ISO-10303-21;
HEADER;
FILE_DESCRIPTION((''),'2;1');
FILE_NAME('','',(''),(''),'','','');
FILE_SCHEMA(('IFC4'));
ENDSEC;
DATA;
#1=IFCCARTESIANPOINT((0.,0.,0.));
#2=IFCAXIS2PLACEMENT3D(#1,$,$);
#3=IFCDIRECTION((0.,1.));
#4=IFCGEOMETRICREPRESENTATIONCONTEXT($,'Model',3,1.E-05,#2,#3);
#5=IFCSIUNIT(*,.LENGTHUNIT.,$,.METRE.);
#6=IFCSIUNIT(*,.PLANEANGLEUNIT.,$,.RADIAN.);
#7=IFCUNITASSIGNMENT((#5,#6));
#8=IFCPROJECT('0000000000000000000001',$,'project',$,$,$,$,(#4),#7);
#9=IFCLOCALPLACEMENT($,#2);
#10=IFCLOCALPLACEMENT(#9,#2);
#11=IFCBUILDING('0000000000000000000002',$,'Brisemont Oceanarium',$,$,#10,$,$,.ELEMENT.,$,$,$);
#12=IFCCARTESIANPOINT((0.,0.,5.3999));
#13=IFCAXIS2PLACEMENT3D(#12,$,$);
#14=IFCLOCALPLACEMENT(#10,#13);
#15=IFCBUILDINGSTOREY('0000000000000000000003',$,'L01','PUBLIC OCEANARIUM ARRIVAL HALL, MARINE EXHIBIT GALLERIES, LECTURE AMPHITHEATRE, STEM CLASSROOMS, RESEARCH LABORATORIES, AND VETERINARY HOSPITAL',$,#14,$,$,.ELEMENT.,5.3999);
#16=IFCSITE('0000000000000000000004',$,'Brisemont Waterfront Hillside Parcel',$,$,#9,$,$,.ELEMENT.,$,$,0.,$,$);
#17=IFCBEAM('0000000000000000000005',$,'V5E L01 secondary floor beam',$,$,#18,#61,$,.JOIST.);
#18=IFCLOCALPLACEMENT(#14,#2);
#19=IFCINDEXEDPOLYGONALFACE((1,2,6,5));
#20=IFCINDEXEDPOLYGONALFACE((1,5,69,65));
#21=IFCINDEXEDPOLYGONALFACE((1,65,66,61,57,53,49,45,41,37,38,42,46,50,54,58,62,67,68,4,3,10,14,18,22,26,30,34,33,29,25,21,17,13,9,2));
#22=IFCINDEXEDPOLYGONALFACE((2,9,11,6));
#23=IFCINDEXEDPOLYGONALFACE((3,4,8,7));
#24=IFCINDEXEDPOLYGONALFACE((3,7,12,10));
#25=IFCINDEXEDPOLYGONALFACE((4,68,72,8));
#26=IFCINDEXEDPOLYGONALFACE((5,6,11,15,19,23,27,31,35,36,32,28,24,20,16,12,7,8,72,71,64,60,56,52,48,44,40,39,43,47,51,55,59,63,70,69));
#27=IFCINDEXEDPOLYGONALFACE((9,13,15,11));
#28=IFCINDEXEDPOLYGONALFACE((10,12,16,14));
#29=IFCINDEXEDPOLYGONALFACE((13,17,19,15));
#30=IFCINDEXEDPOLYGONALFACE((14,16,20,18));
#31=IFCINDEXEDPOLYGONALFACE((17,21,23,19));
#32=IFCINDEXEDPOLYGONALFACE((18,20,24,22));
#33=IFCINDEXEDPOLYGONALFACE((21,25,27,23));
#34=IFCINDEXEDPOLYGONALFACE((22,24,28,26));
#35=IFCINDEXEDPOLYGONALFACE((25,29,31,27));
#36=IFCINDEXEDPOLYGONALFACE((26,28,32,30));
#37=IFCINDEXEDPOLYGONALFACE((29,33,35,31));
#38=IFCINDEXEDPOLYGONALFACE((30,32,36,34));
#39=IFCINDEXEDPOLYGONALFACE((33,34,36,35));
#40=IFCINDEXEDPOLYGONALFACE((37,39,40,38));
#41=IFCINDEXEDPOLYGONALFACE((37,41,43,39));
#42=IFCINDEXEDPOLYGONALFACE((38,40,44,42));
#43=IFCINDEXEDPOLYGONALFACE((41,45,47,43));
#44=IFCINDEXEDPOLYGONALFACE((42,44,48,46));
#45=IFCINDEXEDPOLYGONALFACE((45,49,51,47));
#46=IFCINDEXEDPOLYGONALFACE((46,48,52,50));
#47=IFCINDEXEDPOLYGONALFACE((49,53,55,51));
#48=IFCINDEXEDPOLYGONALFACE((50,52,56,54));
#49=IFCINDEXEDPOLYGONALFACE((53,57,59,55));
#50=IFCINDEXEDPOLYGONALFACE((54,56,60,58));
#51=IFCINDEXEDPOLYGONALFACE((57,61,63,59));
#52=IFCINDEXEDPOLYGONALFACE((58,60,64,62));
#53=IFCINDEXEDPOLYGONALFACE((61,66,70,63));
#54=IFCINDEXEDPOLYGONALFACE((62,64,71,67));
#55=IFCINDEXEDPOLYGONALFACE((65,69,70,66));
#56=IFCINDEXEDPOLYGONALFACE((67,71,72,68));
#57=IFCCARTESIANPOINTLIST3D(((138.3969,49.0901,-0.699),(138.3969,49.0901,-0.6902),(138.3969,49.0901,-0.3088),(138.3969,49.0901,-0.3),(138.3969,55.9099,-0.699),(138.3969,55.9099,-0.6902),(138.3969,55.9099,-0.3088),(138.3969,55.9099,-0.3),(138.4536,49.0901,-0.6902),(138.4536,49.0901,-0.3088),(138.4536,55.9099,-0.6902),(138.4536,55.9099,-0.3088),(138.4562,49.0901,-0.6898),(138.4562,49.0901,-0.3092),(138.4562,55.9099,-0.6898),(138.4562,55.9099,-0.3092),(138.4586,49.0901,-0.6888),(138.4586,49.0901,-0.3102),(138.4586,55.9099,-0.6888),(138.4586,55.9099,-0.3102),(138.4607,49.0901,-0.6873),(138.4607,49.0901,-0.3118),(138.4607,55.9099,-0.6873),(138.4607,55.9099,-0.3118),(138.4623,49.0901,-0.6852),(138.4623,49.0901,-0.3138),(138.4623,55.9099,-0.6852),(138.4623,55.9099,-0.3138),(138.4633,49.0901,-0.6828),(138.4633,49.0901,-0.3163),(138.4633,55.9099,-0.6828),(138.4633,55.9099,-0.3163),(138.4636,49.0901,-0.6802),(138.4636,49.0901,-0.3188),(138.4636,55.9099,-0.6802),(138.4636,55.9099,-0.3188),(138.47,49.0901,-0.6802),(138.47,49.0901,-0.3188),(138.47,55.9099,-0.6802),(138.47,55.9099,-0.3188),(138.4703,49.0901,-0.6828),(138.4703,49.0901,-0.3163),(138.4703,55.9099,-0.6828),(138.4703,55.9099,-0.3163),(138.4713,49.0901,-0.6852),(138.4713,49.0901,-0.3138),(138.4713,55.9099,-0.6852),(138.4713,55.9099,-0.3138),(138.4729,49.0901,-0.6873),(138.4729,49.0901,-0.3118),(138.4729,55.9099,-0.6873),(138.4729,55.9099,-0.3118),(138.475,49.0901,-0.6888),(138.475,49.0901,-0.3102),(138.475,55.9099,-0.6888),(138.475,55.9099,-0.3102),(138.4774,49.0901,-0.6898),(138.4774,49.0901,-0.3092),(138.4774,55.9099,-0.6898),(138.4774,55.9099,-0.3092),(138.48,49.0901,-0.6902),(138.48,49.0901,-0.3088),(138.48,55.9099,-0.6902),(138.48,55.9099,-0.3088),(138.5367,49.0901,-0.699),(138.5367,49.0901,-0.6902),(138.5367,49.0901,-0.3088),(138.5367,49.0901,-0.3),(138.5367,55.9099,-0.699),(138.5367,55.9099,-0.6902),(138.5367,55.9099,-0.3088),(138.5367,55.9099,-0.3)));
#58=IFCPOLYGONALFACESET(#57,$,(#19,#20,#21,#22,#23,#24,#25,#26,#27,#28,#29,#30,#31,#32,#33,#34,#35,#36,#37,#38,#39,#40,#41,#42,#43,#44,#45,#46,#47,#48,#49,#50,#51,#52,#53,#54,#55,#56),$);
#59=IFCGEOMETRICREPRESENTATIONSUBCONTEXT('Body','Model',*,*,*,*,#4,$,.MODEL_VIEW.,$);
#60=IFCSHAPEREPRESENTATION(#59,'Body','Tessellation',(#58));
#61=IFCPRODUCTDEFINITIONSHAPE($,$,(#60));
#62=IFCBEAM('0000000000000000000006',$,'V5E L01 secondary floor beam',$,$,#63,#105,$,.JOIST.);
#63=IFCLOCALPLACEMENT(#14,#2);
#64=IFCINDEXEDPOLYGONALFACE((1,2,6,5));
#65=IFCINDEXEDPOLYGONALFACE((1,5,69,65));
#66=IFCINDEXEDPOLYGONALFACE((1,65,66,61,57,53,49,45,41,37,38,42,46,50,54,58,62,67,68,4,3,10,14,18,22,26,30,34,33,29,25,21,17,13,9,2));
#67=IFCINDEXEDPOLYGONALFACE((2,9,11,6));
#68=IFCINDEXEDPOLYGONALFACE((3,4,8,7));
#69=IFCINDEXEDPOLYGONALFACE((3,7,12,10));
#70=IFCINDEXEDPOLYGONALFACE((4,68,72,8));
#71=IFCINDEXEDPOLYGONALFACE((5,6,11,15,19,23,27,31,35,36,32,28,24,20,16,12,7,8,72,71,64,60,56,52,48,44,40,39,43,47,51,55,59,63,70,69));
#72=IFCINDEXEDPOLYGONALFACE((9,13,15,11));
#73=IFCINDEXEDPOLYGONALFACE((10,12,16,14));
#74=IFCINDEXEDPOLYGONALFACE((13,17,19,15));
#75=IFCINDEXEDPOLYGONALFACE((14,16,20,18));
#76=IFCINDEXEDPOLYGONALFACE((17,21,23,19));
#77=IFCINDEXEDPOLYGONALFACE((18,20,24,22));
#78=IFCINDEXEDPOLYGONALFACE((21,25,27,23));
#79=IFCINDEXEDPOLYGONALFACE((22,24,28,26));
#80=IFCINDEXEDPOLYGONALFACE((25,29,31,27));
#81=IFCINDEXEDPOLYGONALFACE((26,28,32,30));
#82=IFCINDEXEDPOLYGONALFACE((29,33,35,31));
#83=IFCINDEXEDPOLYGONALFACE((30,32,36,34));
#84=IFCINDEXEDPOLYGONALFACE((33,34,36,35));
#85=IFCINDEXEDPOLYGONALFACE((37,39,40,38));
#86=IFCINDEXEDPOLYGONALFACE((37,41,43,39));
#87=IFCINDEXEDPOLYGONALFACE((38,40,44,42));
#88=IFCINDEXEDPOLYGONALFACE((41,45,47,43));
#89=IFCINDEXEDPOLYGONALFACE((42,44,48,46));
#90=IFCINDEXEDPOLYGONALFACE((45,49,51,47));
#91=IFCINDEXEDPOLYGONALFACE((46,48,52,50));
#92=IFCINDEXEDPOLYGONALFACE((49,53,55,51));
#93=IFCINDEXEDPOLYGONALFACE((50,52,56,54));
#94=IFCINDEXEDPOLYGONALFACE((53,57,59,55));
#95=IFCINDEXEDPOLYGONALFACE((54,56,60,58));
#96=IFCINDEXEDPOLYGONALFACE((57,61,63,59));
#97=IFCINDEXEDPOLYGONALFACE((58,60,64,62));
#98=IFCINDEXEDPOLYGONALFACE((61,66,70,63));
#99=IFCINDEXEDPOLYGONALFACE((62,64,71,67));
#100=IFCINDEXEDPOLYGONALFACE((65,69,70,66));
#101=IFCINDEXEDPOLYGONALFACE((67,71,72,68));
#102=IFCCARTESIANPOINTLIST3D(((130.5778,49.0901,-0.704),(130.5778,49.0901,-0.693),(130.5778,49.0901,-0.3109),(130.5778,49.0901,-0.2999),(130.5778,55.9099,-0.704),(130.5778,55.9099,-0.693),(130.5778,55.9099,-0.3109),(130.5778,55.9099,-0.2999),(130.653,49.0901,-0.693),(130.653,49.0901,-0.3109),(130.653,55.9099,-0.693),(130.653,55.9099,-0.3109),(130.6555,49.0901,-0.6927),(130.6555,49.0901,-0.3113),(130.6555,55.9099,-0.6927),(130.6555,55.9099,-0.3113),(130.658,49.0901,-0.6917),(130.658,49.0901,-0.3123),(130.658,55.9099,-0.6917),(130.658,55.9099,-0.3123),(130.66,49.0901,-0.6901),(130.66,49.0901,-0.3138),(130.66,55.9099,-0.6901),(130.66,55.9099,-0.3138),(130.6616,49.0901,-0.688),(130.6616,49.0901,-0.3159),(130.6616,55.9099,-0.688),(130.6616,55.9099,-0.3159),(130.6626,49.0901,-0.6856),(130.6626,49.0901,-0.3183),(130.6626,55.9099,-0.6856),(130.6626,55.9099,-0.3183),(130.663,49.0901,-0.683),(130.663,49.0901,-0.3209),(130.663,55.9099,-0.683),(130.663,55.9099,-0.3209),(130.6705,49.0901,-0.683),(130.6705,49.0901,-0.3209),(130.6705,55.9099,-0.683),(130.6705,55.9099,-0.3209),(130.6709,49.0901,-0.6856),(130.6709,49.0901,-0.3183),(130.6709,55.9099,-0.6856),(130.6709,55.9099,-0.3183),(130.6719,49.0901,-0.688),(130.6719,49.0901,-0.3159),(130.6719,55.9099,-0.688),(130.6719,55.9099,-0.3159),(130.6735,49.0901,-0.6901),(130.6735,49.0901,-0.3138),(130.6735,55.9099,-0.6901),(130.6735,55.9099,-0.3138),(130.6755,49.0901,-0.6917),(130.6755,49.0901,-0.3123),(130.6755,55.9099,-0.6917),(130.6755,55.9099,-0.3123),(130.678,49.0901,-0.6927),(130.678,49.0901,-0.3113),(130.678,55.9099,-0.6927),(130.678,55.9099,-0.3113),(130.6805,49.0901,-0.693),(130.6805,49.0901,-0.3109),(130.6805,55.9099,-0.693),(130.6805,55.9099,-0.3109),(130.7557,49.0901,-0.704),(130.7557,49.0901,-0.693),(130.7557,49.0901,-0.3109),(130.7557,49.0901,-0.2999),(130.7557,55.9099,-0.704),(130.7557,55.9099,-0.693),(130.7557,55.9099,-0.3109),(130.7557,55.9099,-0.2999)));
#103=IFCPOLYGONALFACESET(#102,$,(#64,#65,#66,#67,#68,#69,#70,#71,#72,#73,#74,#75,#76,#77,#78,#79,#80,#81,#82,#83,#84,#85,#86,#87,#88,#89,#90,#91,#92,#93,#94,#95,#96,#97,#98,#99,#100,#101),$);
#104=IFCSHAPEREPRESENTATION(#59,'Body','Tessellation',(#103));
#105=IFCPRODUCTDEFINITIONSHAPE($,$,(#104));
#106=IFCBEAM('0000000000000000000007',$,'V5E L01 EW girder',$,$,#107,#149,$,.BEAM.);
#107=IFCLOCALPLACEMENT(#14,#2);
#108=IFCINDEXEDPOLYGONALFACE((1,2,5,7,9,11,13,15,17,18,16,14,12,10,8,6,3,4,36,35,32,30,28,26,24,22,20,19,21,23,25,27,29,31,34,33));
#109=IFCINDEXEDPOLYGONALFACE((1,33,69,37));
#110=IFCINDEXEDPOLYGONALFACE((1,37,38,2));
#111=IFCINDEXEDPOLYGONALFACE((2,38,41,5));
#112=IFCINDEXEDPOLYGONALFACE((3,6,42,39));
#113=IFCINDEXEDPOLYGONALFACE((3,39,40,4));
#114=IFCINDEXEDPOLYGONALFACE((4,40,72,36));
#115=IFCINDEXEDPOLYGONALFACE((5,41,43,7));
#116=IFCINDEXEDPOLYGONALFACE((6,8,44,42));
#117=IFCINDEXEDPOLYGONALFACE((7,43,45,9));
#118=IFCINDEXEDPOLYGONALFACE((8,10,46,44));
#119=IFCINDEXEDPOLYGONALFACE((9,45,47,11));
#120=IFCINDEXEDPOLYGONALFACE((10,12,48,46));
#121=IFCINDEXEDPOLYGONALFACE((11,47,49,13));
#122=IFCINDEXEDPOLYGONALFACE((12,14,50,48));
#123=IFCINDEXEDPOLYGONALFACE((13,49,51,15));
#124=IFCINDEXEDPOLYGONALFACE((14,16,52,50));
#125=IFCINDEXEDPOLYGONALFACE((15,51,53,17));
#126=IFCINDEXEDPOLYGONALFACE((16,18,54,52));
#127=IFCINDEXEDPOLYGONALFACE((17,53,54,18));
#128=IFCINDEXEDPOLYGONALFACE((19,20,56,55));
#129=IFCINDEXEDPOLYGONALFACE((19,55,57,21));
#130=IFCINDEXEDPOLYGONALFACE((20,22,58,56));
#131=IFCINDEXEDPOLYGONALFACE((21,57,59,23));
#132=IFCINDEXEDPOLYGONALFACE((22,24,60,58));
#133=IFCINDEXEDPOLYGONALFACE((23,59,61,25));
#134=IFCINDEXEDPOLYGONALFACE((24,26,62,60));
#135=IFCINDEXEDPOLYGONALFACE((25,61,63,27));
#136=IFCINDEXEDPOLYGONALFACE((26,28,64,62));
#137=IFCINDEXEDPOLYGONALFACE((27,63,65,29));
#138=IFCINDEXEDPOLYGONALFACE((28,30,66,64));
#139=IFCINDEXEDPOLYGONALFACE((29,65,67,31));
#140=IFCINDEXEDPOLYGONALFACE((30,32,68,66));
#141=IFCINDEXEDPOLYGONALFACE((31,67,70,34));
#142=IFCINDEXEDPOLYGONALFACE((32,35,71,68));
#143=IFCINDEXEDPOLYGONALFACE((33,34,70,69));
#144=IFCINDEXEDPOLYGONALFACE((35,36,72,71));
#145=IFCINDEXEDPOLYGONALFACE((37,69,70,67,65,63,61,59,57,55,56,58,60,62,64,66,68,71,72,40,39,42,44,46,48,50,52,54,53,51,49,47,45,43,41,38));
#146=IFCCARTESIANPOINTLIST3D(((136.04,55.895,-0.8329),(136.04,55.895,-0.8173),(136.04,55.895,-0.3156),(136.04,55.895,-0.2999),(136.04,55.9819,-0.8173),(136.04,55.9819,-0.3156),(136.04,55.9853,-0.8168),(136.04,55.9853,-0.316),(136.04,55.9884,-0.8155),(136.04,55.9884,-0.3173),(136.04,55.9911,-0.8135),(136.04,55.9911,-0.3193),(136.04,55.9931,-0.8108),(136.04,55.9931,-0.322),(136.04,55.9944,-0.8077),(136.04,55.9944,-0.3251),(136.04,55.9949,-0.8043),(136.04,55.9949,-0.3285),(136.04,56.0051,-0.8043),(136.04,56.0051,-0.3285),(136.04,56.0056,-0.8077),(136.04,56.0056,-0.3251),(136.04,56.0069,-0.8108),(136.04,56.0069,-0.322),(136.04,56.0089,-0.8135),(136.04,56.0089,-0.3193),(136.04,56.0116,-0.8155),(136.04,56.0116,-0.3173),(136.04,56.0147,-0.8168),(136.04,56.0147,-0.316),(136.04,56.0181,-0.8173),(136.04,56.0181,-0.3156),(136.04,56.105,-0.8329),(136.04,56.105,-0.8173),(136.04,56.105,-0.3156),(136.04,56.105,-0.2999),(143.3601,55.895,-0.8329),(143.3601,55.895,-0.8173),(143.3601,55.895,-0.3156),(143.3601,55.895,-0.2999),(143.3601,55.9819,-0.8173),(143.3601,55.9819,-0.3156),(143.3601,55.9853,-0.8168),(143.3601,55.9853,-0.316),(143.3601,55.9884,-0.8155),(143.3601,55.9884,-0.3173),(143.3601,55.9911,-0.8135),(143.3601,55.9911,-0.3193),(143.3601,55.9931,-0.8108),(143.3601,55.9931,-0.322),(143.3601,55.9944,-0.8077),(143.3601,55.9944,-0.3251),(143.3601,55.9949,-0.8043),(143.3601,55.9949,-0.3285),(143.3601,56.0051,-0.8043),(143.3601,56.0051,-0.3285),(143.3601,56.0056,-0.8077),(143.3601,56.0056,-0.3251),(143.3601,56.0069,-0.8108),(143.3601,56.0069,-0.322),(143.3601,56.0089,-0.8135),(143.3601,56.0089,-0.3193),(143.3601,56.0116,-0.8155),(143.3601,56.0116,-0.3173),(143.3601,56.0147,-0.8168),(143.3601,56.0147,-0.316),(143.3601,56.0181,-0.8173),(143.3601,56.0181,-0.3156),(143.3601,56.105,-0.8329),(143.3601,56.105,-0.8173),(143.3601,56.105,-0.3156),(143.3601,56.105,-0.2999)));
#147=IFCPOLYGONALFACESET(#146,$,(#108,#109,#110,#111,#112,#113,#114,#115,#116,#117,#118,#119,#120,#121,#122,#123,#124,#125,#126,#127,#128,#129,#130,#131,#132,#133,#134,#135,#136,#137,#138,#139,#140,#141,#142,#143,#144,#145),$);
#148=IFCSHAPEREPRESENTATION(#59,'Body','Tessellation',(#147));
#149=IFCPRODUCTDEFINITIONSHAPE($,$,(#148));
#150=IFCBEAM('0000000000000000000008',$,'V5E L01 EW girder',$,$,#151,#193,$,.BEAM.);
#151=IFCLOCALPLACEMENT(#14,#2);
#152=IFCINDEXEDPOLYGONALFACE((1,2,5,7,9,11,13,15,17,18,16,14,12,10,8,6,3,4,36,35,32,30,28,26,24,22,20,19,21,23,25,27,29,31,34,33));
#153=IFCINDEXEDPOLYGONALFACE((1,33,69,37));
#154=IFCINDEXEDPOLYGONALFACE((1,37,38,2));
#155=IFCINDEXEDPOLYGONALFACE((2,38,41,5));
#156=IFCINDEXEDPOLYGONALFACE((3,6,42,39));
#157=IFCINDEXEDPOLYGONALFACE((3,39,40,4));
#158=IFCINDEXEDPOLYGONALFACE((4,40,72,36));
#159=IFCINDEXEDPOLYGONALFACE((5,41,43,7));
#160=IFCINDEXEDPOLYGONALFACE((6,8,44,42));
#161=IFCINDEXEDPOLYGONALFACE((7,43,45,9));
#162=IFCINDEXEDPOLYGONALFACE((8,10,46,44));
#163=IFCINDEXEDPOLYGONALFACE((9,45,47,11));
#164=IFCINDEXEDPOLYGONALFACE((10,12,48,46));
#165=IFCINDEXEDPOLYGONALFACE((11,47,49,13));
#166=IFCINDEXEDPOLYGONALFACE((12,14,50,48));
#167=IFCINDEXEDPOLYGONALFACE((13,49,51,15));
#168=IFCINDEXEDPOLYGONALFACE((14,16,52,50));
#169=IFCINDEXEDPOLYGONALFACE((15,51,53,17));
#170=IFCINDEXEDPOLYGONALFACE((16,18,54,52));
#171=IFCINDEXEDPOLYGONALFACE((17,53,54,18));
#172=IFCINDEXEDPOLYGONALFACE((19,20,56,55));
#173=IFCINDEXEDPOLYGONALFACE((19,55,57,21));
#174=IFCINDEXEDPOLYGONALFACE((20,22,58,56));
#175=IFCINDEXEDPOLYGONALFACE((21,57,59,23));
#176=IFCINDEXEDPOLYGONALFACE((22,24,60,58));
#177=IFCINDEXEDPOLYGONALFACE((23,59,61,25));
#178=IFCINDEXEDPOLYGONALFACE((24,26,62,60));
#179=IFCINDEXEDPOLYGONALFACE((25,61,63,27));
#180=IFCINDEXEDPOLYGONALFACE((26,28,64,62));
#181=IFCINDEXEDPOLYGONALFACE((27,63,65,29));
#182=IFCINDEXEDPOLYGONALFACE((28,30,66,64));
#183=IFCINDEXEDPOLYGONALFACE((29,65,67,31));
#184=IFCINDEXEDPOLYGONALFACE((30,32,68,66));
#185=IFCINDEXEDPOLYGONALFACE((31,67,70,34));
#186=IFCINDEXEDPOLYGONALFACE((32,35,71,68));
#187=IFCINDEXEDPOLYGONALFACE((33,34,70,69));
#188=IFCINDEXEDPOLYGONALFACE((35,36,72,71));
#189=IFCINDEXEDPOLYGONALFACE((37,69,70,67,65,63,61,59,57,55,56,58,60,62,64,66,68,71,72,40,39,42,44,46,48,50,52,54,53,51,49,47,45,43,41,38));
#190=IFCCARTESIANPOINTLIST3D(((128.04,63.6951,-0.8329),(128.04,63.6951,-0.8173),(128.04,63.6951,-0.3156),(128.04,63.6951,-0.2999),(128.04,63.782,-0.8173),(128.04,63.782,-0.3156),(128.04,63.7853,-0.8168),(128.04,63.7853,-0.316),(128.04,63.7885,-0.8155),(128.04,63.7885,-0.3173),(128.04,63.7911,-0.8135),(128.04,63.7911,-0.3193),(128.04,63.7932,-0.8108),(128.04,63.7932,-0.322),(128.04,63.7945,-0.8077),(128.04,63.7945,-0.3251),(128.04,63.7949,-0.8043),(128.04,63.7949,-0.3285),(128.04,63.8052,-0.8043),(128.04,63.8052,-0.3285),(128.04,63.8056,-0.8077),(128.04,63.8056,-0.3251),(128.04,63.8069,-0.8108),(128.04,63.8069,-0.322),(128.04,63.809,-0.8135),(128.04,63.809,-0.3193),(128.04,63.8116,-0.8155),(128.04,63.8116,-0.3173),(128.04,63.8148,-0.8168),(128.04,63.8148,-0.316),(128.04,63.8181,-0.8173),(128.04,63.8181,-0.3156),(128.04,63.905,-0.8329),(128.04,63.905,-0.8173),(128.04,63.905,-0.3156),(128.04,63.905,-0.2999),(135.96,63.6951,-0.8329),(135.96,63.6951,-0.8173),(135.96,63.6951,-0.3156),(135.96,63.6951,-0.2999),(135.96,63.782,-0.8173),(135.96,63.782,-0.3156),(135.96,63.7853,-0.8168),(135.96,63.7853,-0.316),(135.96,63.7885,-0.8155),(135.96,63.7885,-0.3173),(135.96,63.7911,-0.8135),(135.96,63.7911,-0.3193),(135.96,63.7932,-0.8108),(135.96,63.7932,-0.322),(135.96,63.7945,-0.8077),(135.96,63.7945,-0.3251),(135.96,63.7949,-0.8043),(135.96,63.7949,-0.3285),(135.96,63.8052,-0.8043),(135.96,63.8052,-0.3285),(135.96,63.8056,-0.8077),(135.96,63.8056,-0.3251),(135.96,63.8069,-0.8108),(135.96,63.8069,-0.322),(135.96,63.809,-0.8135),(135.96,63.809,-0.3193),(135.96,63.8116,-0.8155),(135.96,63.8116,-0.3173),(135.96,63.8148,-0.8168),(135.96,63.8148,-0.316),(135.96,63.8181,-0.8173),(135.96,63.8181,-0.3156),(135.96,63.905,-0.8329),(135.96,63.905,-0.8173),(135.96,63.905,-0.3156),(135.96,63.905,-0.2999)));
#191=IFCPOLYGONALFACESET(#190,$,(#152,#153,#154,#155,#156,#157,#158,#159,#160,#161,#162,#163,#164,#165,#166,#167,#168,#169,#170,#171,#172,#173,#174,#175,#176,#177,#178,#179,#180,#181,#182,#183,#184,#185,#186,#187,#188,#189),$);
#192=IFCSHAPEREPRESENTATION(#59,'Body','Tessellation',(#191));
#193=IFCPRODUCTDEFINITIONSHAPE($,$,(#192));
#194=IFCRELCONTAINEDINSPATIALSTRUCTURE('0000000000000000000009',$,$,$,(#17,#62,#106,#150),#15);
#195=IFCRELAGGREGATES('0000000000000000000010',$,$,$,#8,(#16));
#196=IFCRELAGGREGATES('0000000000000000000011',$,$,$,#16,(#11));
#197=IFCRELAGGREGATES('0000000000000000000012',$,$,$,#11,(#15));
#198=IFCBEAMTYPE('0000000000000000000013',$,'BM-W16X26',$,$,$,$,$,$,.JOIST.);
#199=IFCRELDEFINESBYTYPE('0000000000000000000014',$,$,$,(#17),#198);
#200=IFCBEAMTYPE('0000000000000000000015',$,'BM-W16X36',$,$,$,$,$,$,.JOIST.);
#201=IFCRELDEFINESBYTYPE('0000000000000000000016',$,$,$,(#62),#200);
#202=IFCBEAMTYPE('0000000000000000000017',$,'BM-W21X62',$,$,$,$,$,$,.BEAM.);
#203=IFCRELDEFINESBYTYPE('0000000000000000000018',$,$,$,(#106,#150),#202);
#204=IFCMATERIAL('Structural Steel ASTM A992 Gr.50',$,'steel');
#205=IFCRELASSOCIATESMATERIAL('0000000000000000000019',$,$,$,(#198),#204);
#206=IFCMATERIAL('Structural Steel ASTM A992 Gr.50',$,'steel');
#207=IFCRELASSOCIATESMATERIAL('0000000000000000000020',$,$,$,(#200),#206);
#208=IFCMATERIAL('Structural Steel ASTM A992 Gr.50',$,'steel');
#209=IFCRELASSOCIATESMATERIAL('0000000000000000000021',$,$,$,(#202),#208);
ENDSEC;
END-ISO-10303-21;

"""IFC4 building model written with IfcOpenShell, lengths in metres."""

from ifc_helpers import new_model, si_unit, direction, frame, origin, origin_2d, place, context, subcontext, project, spatial, i_section, extrude, material, material_profile, profile_set, type_object, element, save


model = new_model("IFC4")

# Units and contexts
model_context = context("Model", 3, precision=1e-05, world=origin(), true_north=direction((0.0, 1.0)))
body_context = subcontext(model_context, "Body", "Model", "MODEL_VIEW")
ifc_project = project(units=[si_unit("LENGTHUNIT", "METRE"), si_unit("PLANEANGLEUNIT", "RADIAN")], contexts=[model_context])

# Site, building, storey
site_placement = place(None, origin())
site = spatial("IfcSite", under=ifc_project, at=site_placement, Name="Brisemont Waterfront Hillside Parcel", CompositionType="ELEMENT", RefElevation=0.0)
building_placement = place(site_placement, origin())
building = spatial("IfcBuilding", under=site, at=building_placement, Name="Brisemont Oceanarium", CompositionType="ELEMENT")
storey_placement = place(building_placement, frame((0.0, 0.0, 5.3999)))
storey = spatial("IfcBuildingStorey", under=building, at=storey_placement, Name="L01", Description="PUBLIC OCEANARIUM ARRIVAL HALL, MARINE EXHIBIT GALLERIES, LECTURE AMPHITHEATRE, STEM CLASSROOMS, RESEARCH LABORATORIES, AND VETERINARY HOSPITAL", CompositionType="ELEMENT", Elevation=5.3999)

# Beams
ifc_material_1 = material(Name="Structural Steel ASTM A992 Gr.50", Category="steel")
ifc_material_profile_1 = material_profile(ifc_material_1, i_section(OverallWidth=0.1399, OverallDepth=0.3989, WebThickness=0.0063, FlangeThickness=0.0088, FilletRadius=0.01, at=origin_2d()), Name="W16X26")
ifc_profile_set_1 = profile_set([ifc_material_profile_1], Name="Structural Steel ASTM A992 Gr.50")
beam_type_1 = type_object("IfcBeamType", Name="BM-W16X26", PredefinedType="JOIST", material=ifc_profile_set_1)
beam_1_placement = place(storey_placement, frame((138.4668, 49.0901, -0.4995), z_axis=(0.0, 1.0, 0.0), x_axis=(-1.0, 0.0, 0.0)))
element("IfcBeam", 1, at=beam_1_placement, inside=storey, type_object=beam_type_1, Name="V5E L01 secondary floor beam", PredefinedType="JOIST", context=body_context, shape_type="SweptSolid", body=[
    extrude(i_section(OverallWidth=0.1399, OverallDepth=0.3989, WebThickness=0.0063, FlangeThickness=0.0088, FilletRadius=0.01, at=origin_2d()), origin(), (0.0, 0.0, 1.0), 6.8198),
])
ifc_material_2 = material(Name="Structural Steel ASTM A992 Gr.50", Category="steel")
ifc_material_profile_2 = material_profile(ifc_material_2, i_section(OverallWidth=0.178, OverallDepth=0.4041, WebThickness=0.0076, FlangeThickness=0.011, FilletRadius=0.01, at=origin_2d()), Name="W16X36")
ifc_profile_set_2 = profile_set([ifc_material_profile_2], Name="Structural Steel ASTM A992 Gr.50")
beam_type_2 = type_object("IfcBeamType", Name="BM-W16X36", PredefinedType="JOIST", material=ifc_profile_set_2)
beam_2_placement = place(storey_placement, frame((130.6667, 49.0901, -0.502), z_axis=(0.0, 1.0, 0.0), x_axis=(-1.0, 0.0, 0.0)))
element("IfcBeam", 2, at=beam_2_placement, inside=storey, type_object=beam_type_2, Name="V5E L01 secondary floor beam", PredefinedType="JOIST", context=body_context, shape_type="SweptSolid", body=[
    extrude(i_section(OverallWidth=0.178, OverallDepth=0.4041, WebThickness=0.0076, FlangeThickness=0.011, FilletRadius=0.01, at=origin_2d()), origin(), (0.0, 0.0, 1.0), 6.8198),
])
ifc_material_3 = material(Name="Structural Steel ASTM A992 Gr.50", Category="steel")
ifc_material_profile_3 = material_profile(ifc_material_3, i_section(OverallWidth=0.21, OverallDepth=0.533, WebThickness=0.0103, FlangeThickness=0.0156, FilletRadius=0.0129, at=origin_2d()), Name="W21X62")
ifc_profile_set_3 = profile_set([ifc_material_profile_3], Name="Structural Steel ASTM A992 Gr.50")
beam_type_3 = type_object("IfcBeamType", Name="BM-W21X62", PredefinedType="BEAM", material=ifc_profile_set_3)
beam_3_placement = place(storey_placement, frame((136.04, 56.0, -0.5664), z_axis=(1.0, 0.0, 0.0), x_axis=(0.0, 1.0, 0.0)))
element("IfcBeam", 3, at=beam_3_placement, inside=storey, type_object=beam_type_3, Name="V5E L01 EW girder", PredefinedType="BEAM", context=body_context, shape_type="SweptSolid", body=[
    extrude(i_section(OverallWidth=0.21, OverallDepth=0.533, WebThickness=0.0103, FlangeThickness=0.0156, FilletRadius=0.0129, at=origin_2d()), origin(), (0.0, 0.0, 1.0), 7.3201),
])
beam_4_placement = place(storey_placement, frame((128.04, 63.8, -0.5664), z_axis=(1.0, 0.0, 0.0), x_axis=(0.0, 1.0, 0.0)))
element("IfcBeam", 4, at=beam_4_placement, inside=storey, type_object=beam_type_3, Name="V5E L01 EW girder", PredefinedType="BEAM", context=body_context, shape_type="SweptSolid", body=[
    extrude(i_section(OverallWidth=0.21, OverallDepth=0.533, WebThickness=0.0103, FlangeThickness=0.0156, FilletRadius=0.0129, at=origin_2d()), origin(), (0.0, 0.0, 1.0), 7.9199),
])

save(model, "model.ifc")
